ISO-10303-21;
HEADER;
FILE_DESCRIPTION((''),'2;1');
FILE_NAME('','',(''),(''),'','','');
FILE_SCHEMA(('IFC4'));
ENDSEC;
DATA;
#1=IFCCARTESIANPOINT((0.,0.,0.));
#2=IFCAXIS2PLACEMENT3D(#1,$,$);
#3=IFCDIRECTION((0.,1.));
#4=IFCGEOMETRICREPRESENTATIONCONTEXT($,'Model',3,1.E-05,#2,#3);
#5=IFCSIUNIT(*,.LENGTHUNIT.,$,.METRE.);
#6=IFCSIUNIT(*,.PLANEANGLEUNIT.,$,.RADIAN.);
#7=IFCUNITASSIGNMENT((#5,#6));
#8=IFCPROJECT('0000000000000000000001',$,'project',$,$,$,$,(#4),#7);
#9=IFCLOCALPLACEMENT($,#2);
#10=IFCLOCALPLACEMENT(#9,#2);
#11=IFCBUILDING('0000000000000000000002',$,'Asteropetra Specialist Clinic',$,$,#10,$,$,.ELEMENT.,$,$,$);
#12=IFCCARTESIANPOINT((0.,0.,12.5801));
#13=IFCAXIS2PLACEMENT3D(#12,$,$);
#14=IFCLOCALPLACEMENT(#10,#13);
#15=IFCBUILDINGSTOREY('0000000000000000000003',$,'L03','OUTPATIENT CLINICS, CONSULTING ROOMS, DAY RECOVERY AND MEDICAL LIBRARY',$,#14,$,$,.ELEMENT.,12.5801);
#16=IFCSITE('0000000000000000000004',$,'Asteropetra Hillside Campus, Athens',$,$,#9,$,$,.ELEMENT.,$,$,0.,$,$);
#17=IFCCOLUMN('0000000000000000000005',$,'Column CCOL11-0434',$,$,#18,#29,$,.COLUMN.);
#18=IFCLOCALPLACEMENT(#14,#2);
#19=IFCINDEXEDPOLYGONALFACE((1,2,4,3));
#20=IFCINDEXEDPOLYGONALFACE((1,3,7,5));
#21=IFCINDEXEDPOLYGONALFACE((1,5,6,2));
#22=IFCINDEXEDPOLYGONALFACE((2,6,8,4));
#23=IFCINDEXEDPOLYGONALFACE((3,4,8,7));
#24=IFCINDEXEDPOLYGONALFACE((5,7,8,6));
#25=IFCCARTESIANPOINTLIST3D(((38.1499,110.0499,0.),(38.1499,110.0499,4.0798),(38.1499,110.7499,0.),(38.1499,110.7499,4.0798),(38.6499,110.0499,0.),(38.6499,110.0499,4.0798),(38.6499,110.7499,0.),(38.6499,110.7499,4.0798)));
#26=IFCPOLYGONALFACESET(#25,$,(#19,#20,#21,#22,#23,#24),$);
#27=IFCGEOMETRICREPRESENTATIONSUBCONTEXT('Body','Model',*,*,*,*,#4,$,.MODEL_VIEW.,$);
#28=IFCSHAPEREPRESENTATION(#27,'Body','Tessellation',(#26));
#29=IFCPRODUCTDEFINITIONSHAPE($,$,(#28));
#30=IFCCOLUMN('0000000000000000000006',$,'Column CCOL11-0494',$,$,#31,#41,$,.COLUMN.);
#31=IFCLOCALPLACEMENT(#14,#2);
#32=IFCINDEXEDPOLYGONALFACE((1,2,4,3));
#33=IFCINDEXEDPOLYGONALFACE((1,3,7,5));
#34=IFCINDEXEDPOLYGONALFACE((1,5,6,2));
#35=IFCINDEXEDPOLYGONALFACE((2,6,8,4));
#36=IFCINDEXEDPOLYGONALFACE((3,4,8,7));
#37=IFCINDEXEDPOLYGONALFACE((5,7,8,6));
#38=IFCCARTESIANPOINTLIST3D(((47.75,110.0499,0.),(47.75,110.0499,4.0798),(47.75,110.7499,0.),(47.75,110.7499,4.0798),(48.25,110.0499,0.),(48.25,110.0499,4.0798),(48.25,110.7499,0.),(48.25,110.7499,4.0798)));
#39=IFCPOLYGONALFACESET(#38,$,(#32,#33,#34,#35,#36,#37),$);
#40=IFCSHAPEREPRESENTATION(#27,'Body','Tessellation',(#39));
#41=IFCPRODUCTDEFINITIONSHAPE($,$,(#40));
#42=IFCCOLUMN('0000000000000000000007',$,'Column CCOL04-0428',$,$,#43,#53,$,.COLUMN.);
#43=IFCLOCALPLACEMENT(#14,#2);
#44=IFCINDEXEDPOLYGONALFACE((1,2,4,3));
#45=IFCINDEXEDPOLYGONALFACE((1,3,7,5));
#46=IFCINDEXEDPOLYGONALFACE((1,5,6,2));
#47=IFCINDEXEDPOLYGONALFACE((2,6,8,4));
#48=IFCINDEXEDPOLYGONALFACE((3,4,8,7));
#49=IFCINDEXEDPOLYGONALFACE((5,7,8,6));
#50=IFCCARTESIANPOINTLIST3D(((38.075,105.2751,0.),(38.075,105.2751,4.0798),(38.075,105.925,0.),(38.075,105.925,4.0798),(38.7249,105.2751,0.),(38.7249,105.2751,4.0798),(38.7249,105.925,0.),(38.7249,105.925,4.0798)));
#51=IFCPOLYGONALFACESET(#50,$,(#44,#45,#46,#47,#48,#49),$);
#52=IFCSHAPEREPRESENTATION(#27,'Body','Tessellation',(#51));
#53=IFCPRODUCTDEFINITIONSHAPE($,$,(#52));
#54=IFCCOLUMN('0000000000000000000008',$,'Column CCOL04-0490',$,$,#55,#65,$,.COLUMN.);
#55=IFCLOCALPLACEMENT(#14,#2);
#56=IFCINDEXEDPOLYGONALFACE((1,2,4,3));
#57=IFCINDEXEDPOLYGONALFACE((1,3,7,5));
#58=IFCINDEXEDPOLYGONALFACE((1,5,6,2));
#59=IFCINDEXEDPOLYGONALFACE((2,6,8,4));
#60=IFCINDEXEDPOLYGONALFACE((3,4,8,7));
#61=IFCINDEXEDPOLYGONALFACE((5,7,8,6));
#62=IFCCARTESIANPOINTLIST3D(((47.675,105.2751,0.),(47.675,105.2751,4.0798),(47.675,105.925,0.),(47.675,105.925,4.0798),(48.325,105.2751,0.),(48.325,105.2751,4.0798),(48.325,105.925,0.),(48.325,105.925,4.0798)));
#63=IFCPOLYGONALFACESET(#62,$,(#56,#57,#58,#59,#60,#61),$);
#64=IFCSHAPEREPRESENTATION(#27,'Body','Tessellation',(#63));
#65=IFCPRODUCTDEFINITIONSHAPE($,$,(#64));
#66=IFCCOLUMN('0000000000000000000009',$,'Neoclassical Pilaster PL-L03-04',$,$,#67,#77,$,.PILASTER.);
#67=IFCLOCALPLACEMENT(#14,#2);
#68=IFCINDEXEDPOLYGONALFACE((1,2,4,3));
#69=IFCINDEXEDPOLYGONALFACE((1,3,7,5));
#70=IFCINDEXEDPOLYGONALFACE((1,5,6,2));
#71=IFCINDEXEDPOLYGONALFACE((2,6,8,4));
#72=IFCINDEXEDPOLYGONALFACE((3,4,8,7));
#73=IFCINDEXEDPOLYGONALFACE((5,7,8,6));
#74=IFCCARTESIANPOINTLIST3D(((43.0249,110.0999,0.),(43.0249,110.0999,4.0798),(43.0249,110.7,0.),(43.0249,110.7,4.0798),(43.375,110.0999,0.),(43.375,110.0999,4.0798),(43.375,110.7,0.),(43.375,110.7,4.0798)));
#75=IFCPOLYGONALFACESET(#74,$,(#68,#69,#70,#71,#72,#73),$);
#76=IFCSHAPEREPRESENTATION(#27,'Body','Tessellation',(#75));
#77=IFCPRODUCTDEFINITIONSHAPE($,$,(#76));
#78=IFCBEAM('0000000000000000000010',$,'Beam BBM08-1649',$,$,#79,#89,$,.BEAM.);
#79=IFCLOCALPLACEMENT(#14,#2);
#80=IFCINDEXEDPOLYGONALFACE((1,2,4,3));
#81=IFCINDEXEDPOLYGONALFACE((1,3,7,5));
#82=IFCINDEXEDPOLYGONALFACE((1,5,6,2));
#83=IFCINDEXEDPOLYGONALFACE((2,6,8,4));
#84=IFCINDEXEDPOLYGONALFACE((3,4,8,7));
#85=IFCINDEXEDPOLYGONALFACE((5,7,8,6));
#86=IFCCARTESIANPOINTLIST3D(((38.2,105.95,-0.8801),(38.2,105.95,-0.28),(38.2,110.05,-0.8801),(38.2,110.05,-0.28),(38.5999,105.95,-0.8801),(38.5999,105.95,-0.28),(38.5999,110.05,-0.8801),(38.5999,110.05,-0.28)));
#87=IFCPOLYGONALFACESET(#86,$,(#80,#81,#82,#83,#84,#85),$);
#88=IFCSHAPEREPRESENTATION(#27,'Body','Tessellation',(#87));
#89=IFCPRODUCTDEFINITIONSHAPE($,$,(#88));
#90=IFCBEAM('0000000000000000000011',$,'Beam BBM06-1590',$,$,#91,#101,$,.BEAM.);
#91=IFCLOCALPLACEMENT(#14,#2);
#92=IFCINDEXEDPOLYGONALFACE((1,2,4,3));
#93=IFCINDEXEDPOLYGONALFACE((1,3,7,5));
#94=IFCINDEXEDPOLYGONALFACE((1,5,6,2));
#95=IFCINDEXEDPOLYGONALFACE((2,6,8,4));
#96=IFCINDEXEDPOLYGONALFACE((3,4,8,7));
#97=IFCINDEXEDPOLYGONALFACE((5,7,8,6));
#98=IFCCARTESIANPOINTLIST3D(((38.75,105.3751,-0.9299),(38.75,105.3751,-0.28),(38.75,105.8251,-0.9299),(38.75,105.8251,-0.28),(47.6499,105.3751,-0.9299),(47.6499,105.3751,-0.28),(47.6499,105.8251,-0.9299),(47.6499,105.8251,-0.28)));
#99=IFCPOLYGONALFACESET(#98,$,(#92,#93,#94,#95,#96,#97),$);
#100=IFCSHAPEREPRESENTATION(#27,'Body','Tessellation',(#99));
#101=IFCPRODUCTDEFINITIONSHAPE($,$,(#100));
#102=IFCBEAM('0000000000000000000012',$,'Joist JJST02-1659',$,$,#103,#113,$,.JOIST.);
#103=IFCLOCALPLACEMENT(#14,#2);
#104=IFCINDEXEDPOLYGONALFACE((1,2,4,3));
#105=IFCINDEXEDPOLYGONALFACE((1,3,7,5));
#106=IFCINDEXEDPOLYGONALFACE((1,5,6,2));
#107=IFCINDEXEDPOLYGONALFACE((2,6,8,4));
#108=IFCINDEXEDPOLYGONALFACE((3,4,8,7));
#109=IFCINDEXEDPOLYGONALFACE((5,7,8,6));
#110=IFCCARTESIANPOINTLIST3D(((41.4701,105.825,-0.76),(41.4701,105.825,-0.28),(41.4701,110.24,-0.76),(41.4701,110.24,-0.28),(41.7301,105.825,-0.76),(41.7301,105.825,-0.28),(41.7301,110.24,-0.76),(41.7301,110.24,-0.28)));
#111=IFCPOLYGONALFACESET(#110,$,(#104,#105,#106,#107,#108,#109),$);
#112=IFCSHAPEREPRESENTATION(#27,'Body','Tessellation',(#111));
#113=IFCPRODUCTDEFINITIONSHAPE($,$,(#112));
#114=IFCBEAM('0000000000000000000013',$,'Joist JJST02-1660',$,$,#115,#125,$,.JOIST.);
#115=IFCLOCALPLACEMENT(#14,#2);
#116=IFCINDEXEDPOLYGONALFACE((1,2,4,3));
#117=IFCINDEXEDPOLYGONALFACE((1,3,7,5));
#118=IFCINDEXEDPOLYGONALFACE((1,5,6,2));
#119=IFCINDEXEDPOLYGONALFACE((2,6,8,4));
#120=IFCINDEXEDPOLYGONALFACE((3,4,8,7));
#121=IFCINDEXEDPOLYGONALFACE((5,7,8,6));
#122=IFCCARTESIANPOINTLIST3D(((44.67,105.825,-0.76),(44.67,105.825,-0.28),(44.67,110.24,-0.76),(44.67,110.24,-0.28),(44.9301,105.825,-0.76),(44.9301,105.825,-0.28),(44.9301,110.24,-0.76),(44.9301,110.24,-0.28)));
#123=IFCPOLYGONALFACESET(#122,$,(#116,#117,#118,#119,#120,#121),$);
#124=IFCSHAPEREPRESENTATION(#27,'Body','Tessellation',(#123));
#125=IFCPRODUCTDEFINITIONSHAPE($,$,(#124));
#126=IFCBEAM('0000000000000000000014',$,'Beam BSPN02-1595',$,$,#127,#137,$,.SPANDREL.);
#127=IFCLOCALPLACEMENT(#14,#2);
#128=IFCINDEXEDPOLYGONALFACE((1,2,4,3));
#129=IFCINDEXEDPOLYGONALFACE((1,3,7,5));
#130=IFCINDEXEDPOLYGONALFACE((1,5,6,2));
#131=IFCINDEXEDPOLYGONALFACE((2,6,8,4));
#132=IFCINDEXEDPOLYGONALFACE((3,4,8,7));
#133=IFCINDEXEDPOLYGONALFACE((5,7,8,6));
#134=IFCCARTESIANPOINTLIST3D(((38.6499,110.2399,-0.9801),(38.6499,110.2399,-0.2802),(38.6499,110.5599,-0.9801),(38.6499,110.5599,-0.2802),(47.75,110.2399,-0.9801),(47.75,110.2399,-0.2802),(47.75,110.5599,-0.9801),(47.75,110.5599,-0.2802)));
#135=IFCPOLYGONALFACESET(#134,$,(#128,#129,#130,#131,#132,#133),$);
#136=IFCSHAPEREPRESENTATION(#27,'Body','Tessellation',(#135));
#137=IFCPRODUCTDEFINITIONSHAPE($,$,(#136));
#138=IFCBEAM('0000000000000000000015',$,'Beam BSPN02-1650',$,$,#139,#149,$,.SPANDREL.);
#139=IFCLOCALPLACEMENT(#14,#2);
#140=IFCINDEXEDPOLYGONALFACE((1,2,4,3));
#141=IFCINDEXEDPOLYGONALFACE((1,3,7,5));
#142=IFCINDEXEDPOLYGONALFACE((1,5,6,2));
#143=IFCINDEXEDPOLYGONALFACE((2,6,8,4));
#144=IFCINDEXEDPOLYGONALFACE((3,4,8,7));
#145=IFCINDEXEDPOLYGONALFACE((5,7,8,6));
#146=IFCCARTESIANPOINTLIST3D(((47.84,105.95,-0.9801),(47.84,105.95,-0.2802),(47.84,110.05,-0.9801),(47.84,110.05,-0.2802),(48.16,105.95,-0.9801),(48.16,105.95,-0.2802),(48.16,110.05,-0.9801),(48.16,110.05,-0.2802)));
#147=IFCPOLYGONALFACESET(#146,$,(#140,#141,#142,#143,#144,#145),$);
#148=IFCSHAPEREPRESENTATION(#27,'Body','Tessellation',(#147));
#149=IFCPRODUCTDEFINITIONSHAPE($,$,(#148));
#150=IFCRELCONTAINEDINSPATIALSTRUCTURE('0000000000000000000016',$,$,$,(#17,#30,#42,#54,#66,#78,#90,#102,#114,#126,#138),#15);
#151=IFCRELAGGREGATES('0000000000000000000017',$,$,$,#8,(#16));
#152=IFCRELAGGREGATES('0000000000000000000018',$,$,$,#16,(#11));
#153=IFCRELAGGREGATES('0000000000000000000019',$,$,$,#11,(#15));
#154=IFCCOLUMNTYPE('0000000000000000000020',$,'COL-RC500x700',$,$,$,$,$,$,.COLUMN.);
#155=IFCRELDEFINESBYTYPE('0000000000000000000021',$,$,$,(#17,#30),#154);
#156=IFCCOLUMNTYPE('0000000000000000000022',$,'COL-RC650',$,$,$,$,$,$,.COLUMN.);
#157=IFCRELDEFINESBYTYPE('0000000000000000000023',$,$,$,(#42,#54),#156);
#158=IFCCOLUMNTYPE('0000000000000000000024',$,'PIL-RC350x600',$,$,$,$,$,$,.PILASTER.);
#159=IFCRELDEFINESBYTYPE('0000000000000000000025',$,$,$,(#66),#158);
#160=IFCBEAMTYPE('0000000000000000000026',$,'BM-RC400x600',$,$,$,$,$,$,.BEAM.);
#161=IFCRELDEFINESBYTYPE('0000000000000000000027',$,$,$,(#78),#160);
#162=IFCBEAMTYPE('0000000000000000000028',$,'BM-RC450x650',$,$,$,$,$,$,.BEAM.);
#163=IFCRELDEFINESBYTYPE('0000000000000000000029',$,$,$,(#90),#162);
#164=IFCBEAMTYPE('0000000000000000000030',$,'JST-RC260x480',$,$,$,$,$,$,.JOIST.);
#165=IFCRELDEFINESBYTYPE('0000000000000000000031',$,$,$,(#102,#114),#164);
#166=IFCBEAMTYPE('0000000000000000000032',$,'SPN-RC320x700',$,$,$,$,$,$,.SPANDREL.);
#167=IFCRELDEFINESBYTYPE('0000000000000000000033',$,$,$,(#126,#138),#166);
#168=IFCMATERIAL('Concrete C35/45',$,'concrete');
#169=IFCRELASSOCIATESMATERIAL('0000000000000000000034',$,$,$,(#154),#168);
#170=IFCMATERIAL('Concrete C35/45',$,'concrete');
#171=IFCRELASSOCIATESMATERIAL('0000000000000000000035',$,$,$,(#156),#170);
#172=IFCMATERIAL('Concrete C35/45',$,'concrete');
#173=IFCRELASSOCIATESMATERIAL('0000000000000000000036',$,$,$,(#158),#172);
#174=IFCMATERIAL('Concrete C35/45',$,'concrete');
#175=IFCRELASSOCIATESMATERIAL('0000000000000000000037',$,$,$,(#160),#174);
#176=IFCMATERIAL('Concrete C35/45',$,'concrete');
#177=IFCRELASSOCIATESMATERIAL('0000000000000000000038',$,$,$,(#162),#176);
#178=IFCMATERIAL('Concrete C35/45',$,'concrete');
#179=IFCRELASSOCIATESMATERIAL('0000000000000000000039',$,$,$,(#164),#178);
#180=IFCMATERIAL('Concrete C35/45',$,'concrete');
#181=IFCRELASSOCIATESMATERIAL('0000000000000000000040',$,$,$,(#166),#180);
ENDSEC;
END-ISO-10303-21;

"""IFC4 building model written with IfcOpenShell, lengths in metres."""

from ifc_helpers import new_model, si_unit, direction, frame, origin, origin_2d, place, context, subcontext, project, spatial, rectangle, extrude, material, material_profile, profile_set, type_object, element, save


model = new_model("IFC4")

# Units and contexts
model_context = context("Model", 3, precision=1e-05, world=origin(), true_north=direction((0.0, 1.0)))
body_context = subcontext(model_context, "Body", "Model", "MODEL_VIEW")
ifc_project = project(units=[si_unit("LENGTHUNIT", "METRE"), si_unit("PLANEANGLEUNIT", "RADIAN")], contexts=[model_context])

# Site, building, storey
site_placement = place(None, origin())
site = spatial("IfcSite", under=ifc_project, at=site_placement, Name="Asteropetra Hillside Campus, Athens", CompositionType="ELEMENT", RefElevation=0.0)
building_placement = place(site_placement, origin())
building = spatial("IfcBuilding", under=site, at=building_placement, Name="Asteropetra Specialist Clinic", CompositionType="ELEMENT")
storey_placement = place(building_placement, frame((0.0, 0.0, 12.5801)))
storey = spatial("IfcBuildingStorey", under=building, at=storey_placement, Name="L03", Description="OUTPATIENT CLINICS, CONSULTING ROOMS, DAY RECOVERY AND MEDICAL LIBRARY", CompositionType="ELEMENT", Elevation=12.5801)

# Columns
ifc_material_1 = material(Name="Concrete C35/45", Category="concrete")
ifc_material_profile_1 = material_profile(ifc_material_1, rectangle(XDim=0.5, YDim=0.7, at=origin_2d()), Name="RC 500x700")
ifc_profile_set_1 = profile_set([ifc_material_profile_1], Name="Concrete C35/45")
column_type_1 = type_object("IfcColumnType", Name="COL-RC500x700", PredefinedType="COLUMN", material=ifc_profile_set_1)
for number, where, z_axis, x_axis, name in (
    (1, (38.3999, 110.3999, 0.0), (0.0, 0.0, 1.0), (1.0, 0.0, 0.0), "Column CCOL11-0434"),
    (2, (48.0, 110.3999, 0.0), (0.0, 0.0, 1.0), (1.0, 0.0, 0.0), "Column CCOL11-0494"),
):
    element("IfcColumn", number, at=place(storey_placement, frame(where, z_axis=z_axis, x_axis=x_axis)), inside=storey, type_object=column_type_1, Name=name, PredefinedType="COLUMN", context=body_context, shape_type="SweptSolid", body=[
        extrude(rectangle(XDim=0.5, YDim=0.7, at=origin_2d()), origin(), (0.0, 0.0, 1.0), 4.0798),
    ])
ifc_material_2 = material(Name="Concrete C35/45", Category="concrete")
ifc_material_profile_2 = material_profile(ifc_material_2, rectangle(XDim=0.6499, YDim=0.6499, at=origin_2d()), Name="RC 650x650")
ifc_profile_set_2 = profile_set([ifc_material_profile_2], Name="Concrete C35/45")
column_type_2 = type_object("IfcColumnType", Name="COL-RC650", PredefinedType="COLUMN", material=ifc_profile_set_2)
for number, where, z_axis, x_axis, name in (
    (3, (38.3999, 105.6001, 0.0), (0.0, 0.0, 1.0), (1.0, 0.0, 0.0), "Column CCOL04-0428"),
    (4, (48.0, 105.6001, 0.0), (0.0, 0.0, 1.0), (1.0, 0.0, 0.0), "Column CCOL04-0490"),
):
    element("IfcColumn", number, at=place(storey_placement, frame(where, z_axis=z_axis, x_axis=x_axis)), inside=storey, type_object=column_type_2, Name=name, PredefinedType="COLUMN", context=body_context, shape_type="SweptSolid", body=[
        extrude(rectangle(XDim=0.6499, YDim=0.6499, at=origin_2d()), origin(), (0.0, 0.0, 1.0), 4.0798),
    ])
ifc_material_3 = material(Name="Concrete C35/45", Category="concrete")
ifc_material_profile_3 = material_profile(ifc_material_3, rectangle(XDim=0.3501, YDim=0.6001, at=origin_2d()), Name="PIL 350x600")
ifc_profile_set_3 = profile_set([ifc_material_profile_3], Name="Concrete C35/45")
column_type_3 = type_object("IfcColumnType", Name="PIL-RC350x600", PredefinedType="PILASTER", material=ifc_profile_set_3)
column_placement = place(storey_placement, frame((43.2, 110.3999, 0.0), z_axis=(0.0, 0.0, 1.0), x_axis=(1.0, 0.0, 0.0)))
element("IfcColumn", 5, at=column_placement, inside=storey, type_object=column_type_3, Name="Neoclassical Pilaster PL-L03-04", PredefinedType="PILASTER", context=body_context, shape_type="SweptSolid", body=[
    extrude(rectangle(XDim=0.3501, YDim=0.6001, at=origin_2d()), origin(), (0.0, 0.0, 1.0), 4.0798),
])

# Beams
ifc_material_4 = material(Name="Concrete C35/45", Category="concrete")
ifc_material_profile_4 = material_profile(ifc_material_4, rectangle(XDim=0.3999, YDim=0.6001, at=origin_2d()), Name="RCB 400x600")
ifc_profile_set_4 = profile_set([ifc_material_profile_4], Name="Concrete C35/45")
beam_type_1 = type_object("IfcBeamType", Name="BM-RC400x600", PredefinedType="BEAM", material=ifc_profile_set_4)
beam_1_placement = place(storey_placement, frame((38.3999, 105.95, -0.5801), z_axis=(0.0, 1.0, 0.0), x_axis=(-1.0, 0.0, 0.0)))
element("IfcBeam", 6, at=beam_1_placement, inside=storey, type_object=beam_type_1, Name="Beam BBM08-1649", PredefinedType="BEAM", context=body_context, shape_type="SweptSolid", body=[
    extrude(rectangle(XDim=0.3999, YDim=0.6001, at=origin_2d()), origin(), (0.0, 0.0, 1.0), 4.1001),
])
ifc_material_5 = material(Name="Concrete C35/45", Category="concrete")
ifc_material_profile_5 = material_profile(ifc_material_5, rectangle(XDim=0.45, YDim=0.6499, at=origin_2d()), Name="RCB 450x650")
ifc_profile_set_5 = profile_set([ifc_material_profile_5], Name="Concrete C35/45")
beam_type_2 = type_object("IfcBeamType", Name="BM-RC450x650", PredefinedType="BEAM", material=ifc_profile_set_5)
beam_2_placement = place(storey_placement, frame((38.75, 105.6001, -0.605), z_axis=(1.0, 0.0, 0.0), x_axis=(0.0, 1.0, 0.0)))
element("IfcBeam", 7, at=beam_2_placement, inside=storey, type_object=beam_type_2, Name="Beam BBM06-1590", PredefinedType="BEAM", context=body_context, shape_type="SweptSolid", body=[
    extrude(rectangle(XDim=0.45, YDim=0.6499, at=origin_2d()), origin(), (0.0, 0.0, 1.0), 8.8999),
])
ifc_material_6 = material(Name="Concrete C35/45", Category="concrete")
ifc_material_profile_6 = material_profile(ifc_material_6, rectangle(XDim=0.26, YDim=0.48, at=origin_2d()), Name="RCJ 260x480")
ifc_profile_set_6 = profile_set([ifc_material_profile_6], Name="Concrete C35/45")
beam_type_3 = type_object("IfcBeamType", Name="JST-RC260x480", PredefinedType="JOIST", material=ifc_profile_set_6)
for number, where, z_axis, x_axis, name in (
    (8, (41.6001, 105.825, -0.52), (0.0, 1.0, 0.0), (-1.0, 0.0, 0.0), "Joist JJST02-1659"),
    (9, (44.8, 105.825, -0.52), (0.0, 1.0, 0.0), (-1.0, 0.0, 0.0), "Joist JJST02-1660"),
):
    element("IfcBeam", number, at=place(storey_placement, frame(where, z_axis=z_axis, x_axis=x_axis)), inside=storey, type_object=beam_type_3, Name=name, PredefinedType="JOIST", context=body_context, shape_type="SweptSolid", body=[
        extrude(rectangle(XDim=0.26, YDim=0.48, at=origin_2d()), origin(), (0.0, 0.0, 1.0), 4.415),
    ])
ifc_material_7 = material(Name="Concrete C35/45", Category="concrete")
ifc_material_profile_7 = material_profile(ifc_material_7, rectangle(XDim=0.3201, YDim=0.7, at=origin_2d()), Name="RCS 320x700")
ifc_profile_set_7 = profile_set([ifc_material_profile_7], Name="Concrete C35/45")
beam_type_4 = type_object("IfcBeamType", Name="SPN-RC320x700", PredefinedType="SPANDREL", material=ifc_profile_set_7)
beam_3_placement = place(storey_placement, frame((38.6499, 110.3999, -0.6301), z_axis=(1.0, 0.0, 0.0), x_axis=(0.0, 1.0, 0.0)))
element("IfcBeam", 10, at=beam_3_placement, inside=storey, type_object=beam_type_4, Name="Beam BSPN02-1595", PredefinedType="SPANDREL", context=body_context, shape_type="SweptSolid", body=[
    extrude(rectangle(XDim=0.3201, YDim=0.7, at=origin_2d()), origin(), (0.0, 0.0, 1.0), 9.1001),
])
beam_4_placement = place(storey_placement, frame((48.0, 105.95, -0.6301), z_axis=(0.0, 1.0, 0.0), x_axis=(-1.0, 0.0, 0.0)))
element("IfcBeam", 11, at=beam_4_placement, inside=storey, type_object=beam_type_4, Name="Beam BSPN02-1650", PredefinedType="SPANDREL", context=body_context, shape_type="SweptSolid", body=[
    extrude(rectangle(XDim=0.3201, YDim=0.7, at=origin_2d()), origin(), (0.0, 0.0, 1.0), 4.1001),
])

save(model, "model.ifc")
